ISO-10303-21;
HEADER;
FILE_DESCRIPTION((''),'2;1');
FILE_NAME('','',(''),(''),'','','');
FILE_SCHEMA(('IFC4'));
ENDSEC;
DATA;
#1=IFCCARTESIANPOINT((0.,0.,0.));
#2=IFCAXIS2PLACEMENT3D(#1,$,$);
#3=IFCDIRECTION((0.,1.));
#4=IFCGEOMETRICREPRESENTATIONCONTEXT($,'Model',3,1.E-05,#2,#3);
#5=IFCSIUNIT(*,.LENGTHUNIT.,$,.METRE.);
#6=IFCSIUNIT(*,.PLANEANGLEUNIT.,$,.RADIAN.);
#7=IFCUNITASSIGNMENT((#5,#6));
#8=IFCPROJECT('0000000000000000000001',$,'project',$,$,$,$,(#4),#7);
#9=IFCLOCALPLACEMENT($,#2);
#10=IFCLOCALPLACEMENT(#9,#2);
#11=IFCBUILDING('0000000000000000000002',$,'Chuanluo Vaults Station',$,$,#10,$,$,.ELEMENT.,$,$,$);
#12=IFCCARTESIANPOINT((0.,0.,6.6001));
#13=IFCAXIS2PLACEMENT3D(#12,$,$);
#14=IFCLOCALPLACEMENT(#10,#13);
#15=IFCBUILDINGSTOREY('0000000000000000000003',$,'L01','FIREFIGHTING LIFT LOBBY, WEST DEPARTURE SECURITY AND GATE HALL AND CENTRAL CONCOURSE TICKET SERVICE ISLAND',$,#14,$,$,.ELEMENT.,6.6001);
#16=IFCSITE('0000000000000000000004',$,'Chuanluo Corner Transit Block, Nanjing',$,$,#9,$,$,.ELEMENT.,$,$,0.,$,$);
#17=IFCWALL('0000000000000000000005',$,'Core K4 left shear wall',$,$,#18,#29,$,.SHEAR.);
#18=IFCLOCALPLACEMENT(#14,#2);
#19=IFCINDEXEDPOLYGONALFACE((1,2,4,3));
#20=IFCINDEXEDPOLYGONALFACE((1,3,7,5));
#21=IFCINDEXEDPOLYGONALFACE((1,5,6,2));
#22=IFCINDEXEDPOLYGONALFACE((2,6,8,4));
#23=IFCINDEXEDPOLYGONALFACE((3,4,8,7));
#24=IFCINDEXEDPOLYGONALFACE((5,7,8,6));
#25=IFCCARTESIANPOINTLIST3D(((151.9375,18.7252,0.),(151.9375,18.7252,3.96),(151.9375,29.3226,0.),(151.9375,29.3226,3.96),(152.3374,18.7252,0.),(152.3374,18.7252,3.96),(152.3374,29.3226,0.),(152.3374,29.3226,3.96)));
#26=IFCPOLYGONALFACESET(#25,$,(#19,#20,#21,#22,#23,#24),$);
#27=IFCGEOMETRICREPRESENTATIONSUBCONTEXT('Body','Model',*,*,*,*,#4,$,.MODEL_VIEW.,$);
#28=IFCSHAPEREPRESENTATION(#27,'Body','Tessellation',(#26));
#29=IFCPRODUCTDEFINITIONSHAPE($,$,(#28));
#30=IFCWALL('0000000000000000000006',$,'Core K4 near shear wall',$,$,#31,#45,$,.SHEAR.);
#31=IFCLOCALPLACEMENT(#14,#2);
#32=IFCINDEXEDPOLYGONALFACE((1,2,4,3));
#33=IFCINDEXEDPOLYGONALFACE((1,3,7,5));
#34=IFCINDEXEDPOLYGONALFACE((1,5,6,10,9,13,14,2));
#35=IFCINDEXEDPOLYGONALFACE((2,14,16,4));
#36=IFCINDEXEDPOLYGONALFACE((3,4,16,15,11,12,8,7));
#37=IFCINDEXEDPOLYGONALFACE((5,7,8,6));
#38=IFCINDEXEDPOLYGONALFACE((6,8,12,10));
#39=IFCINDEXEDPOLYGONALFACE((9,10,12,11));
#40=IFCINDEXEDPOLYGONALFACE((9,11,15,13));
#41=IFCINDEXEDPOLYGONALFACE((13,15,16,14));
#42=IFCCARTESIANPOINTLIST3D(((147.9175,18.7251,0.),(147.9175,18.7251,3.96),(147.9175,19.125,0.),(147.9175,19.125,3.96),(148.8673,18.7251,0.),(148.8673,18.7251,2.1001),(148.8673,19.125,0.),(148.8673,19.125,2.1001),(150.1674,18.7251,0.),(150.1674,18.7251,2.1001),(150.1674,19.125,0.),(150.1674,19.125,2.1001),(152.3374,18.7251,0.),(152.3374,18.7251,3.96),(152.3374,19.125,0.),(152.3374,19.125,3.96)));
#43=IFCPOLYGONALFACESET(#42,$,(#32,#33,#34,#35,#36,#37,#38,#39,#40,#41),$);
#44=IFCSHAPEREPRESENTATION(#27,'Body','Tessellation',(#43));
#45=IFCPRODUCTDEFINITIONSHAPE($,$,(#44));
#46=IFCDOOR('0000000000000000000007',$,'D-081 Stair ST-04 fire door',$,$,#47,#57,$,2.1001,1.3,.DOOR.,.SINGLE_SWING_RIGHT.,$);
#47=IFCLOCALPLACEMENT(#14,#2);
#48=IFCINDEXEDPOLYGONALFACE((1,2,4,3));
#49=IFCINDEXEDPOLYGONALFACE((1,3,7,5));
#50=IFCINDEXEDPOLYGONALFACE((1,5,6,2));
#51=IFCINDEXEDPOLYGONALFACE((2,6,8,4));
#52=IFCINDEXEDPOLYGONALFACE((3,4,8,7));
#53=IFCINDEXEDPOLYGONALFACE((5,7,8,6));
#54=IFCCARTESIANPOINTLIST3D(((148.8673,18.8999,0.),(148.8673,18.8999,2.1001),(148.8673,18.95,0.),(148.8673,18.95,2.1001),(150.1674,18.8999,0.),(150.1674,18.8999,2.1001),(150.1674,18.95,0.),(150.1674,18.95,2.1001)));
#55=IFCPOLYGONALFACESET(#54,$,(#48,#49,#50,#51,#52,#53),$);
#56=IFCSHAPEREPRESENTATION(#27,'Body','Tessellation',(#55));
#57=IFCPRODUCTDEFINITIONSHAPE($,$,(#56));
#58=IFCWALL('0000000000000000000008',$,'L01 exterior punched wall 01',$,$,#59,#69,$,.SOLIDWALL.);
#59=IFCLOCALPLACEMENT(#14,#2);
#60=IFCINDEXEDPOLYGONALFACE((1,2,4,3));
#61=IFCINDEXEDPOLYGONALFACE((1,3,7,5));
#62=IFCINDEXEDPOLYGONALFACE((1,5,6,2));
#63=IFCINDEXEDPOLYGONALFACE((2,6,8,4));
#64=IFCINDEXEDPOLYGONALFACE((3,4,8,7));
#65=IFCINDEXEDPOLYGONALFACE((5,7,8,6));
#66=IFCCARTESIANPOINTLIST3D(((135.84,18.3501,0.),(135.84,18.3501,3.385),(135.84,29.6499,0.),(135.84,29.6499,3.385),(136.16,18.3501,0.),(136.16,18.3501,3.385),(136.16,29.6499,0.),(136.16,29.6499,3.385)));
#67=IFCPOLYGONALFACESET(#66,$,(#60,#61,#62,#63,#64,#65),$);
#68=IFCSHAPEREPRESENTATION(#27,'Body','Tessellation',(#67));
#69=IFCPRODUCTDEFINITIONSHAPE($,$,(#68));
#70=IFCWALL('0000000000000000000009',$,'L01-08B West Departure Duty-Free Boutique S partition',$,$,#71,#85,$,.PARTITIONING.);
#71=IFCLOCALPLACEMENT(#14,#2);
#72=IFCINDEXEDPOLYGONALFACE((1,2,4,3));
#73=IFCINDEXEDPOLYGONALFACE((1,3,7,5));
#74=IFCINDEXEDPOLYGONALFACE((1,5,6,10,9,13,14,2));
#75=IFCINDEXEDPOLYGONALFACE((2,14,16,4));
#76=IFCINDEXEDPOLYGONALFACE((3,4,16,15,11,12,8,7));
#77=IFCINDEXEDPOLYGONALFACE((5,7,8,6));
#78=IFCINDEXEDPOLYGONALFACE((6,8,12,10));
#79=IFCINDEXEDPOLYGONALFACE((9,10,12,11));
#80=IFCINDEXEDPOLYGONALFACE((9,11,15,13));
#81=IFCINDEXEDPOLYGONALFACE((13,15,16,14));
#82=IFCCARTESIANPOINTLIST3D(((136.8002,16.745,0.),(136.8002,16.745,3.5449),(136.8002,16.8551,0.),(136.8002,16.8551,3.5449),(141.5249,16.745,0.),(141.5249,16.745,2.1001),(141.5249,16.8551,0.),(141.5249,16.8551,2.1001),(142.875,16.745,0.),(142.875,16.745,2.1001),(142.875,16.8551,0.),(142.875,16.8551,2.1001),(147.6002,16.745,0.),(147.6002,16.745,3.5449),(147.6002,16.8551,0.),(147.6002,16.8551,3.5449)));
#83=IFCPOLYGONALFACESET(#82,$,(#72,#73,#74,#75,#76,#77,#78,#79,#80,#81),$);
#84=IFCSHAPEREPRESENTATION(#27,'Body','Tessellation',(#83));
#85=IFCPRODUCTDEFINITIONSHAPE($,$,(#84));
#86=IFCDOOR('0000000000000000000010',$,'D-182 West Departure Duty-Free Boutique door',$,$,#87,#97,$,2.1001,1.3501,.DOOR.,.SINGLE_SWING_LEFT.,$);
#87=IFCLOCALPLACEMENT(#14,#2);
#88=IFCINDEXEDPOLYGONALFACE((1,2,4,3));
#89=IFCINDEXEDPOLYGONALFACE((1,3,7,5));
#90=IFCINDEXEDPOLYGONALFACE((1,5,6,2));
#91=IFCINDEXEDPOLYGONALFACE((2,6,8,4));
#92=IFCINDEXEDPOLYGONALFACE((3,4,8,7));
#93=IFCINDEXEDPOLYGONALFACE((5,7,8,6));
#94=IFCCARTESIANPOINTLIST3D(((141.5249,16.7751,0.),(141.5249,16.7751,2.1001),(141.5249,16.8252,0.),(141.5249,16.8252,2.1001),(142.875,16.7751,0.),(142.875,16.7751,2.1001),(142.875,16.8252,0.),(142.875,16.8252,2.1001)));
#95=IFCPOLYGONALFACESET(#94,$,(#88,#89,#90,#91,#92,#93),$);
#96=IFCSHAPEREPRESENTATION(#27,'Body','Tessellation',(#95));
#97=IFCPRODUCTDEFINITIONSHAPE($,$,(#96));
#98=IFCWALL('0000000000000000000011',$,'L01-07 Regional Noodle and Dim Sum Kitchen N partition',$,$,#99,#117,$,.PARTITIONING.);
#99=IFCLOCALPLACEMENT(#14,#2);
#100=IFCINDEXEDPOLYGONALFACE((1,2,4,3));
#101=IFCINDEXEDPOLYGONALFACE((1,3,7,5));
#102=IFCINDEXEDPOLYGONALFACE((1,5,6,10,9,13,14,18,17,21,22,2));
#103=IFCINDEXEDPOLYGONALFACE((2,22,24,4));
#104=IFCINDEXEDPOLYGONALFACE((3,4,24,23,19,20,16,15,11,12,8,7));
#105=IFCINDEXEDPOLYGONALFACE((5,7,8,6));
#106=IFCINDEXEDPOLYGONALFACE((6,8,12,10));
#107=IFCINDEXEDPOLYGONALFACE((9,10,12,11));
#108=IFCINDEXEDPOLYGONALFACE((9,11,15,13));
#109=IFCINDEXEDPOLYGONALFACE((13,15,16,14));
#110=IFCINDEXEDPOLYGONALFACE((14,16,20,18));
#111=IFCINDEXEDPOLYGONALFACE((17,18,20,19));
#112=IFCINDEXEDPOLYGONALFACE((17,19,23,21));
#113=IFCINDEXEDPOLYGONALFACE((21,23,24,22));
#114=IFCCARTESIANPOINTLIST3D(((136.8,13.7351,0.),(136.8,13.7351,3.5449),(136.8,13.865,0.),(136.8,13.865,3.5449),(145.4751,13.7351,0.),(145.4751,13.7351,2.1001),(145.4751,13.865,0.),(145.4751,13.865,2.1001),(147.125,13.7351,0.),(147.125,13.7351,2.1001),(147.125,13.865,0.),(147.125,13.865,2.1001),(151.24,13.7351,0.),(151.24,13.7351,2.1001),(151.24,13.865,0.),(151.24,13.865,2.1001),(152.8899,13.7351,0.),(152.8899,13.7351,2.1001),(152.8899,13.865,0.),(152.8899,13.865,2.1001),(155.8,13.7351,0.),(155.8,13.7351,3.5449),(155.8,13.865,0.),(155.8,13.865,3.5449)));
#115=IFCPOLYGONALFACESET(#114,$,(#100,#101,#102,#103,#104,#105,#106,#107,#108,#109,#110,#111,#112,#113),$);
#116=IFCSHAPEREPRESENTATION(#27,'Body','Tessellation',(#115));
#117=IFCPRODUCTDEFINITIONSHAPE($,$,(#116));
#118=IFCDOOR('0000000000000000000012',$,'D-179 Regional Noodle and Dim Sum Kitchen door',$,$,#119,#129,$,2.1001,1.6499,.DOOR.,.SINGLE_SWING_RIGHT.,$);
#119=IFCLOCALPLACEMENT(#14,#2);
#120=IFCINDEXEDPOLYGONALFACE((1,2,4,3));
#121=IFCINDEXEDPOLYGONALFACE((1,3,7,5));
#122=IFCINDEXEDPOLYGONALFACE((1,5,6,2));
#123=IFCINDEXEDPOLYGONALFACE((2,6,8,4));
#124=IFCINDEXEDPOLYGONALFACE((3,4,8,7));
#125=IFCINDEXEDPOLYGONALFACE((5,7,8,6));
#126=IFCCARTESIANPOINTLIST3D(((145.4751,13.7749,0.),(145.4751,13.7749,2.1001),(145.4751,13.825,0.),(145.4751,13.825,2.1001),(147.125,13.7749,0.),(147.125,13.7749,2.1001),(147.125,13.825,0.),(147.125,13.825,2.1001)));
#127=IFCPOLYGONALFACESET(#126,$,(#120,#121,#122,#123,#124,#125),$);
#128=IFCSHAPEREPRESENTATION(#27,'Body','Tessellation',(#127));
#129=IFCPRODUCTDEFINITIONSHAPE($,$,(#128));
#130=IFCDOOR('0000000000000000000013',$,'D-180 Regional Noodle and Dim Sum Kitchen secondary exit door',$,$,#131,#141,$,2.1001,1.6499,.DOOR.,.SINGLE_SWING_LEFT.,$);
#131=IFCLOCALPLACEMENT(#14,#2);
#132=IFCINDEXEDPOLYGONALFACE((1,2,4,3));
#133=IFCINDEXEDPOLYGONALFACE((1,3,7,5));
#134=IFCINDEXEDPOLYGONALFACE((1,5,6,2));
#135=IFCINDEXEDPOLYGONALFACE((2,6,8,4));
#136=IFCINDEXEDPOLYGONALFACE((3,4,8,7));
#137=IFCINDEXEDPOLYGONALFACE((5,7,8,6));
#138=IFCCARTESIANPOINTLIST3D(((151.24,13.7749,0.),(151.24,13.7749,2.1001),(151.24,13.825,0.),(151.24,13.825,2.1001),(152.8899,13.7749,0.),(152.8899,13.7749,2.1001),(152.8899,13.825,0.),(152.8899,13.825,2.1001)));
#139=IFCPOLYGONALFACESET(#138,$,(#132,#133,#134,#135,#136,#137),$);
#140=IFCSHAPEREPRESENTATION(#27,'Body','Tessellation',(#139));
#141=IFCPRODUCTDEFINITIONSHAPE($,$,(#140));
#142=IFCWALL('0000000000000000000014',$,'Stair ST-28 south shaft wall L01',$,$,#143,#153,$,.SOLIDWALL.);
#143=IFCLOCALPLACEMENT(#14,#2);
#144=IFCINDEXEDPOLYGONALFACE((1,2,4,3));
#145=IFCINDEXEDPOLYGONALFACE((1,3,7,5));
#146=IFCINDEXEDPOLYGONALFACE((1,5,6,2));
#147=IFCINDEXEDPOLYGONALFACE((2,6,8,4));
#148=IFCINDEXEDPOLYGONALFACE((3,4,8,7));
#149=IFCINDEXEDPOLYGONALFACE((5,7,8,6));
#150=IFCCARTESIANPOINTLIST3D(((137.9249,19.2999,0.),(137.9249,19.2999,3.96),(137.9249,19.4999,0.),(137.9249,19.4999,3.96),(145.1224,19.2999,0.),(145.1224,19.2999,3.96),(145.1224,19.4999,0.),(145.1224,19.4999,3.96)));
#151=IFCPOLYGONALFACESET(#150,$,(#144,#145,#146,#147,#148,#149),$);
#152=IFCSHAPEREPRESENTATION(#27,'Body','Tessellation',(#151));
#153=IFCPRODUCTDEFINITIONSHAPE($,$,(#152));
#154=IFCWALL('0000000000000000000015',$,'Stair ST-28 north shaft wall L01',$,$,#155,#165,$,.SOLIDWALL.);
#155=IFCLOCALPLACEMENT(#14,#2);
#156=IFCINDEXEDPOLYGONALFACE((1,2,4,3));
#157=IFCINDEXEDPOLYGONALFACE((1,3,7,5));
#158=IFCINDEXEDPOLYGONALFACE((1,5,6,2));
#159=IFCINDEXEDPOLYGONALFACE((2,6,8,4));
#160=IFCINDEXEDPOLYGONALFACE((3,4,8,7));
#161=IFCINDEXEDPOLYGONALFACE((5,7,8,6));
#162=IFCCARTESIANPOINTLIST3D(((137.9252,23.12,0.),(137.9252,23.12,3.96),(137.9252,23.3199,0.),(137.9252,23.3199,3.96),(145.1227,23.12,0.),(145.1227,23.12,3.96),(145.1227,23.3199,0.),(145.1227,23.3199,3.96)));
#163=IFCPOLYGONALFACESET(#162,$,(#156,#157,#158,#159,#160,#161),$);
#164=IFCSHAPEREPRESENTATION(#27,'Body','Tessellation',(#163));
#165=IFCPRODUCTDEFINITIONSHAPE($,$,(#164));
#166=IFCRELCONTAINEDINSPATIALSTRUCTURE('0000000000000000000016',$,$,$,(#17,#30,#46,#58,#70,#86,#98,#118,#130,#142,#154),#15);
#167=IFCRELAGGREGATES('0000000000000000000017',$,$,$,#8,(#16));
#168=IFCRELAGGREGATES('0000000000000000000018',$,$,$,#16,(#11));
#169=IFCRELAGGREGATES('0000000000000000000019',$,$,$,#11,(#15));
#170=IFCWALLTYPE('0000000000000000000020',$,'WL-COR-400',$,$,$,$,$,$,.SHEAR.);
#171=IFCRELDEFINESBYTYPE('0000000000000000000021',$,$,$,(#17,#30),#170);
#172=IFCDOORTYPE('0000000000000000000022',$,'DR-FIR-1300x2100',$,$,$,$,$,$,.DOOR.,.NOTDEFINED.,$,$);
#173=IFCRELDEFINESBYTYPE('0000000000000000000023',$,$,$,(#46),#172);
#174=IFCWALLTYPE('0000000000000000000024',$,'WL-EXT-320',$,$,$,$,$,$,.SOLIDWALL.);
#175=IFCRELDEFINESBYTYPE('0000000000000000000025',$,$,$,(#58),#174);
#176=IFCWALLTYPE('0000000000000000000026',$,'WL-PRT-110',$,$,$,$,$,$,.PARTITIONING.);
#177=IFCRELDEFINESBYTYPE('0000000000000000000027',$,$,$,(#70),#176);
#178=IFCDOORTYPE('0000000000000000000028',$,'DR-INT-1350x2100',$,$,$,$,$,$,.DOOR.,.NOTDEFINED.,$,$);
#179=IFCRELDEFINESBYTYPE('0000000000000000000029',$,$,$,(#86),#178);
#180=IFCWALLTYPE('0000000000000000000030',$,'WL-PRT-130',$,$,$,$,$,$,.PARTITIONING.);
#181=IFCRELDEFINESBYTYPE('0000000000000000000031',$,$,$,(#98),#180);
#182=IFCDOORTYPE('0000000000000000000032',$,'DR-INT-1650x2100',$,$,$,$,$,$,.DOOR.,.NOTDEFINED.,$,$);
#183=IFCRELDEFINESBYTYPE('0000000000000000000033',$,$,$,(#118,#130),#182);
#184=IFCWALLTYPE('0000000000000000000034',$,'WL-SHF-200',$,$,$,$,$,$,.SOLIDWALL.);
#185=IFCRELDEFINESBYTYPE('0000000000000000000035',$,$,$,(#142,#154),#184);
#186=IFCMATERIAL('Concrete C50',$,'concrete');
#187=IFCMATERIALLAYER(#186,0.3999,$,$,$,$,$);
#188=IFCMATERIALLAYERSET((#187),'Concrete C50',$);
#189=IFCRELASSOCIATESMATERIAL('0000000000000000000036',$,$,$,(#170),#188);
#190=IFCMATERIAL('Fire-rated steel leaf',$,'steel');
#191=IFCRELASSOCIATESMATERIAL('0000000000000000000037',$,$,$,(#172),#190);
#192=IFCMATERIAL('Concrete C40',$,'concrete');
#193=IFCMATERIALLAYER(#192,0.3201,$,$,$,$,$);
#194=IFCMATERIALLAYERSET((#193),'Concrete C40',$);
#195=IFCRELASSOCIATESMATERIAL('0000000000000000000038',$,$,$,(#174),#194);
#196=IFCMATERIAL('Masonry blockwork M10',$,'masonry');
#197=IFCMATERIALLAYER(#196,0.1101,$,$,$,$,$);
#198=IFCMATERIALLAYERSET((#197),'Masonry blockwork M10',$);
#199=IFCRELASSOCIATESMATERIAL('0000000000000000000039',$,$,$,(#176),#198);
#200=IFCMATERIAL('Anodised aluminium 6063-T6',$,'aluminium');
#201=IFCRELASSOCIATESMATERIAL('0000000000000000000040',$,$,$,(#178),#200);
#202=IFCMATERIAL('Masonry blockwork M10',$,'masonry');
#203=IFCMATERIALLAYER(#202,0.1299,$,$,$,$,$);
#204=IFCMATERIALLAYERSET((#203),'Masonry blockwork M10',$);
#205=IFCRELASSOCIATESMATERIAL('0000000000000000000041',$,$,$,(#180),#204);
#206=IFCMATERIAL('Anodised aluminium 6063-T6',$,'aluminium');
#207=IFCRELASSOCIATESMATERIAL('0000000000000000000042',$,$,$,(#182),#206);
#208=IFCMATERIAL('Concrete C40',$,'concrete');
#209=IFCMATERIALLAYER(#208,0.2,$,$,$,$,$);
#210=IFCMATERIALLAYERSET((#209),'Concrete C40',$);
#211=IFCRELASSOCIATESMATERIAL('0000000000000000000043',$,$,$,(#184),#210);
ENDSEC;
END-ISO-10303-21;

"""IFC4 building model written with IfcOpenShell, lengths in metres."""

from ifc_helpers import new_model, si_unit, direction, frame, frame_2d, origin, place, context, subcontext, project, spatial, rectangle, extrude, material, layer, layer_set, type_object, element, fill, save


model = new_model("IFC4")

# Units and contexts
model_context = context("Model", 3, precision=1e-05, world=origin(), true_north=direction((0.0, 1.0)))
body_context = subcontext(model_context, "Body", "Model", "MODEL_VIEW")
ifc_project = project(units=[si_unit("LENGTHUNIT", "METRE"), si_unit("PLANEANGLEUNIT", "RADIAN")], contexts=[model_context])

# Site, building, storey
site_placement = place(None, origin())
site = spatial("IfcSite", under=ifc_project, at=site_placement, Name="Chuanluo Corner Transit Block, Nanjing", CompositionType="ELEMENT", RefElevation=0.0)
building_placement = place(site_placement, origin())
building = spatial("IfcBuilding", under=site, at=building_placement, Name="Chuanluo Vaults Station", CompositionType="ELEMENT")
storey_placement = place(building_placement, frame((0.0, 0.0, 6.6001)))
storey = spatial("IfcBuildingStorey", under=building, at=storey_placement, Name="L01", Description="FIREFIGHTING LIFT LOBBY, WEST DEPARTURE SECURITY AND GATE HALL AND CENTRAL CONCOURSE TICKET SERVICE ISLAND", CompositionType="ELEMENT", Elevation=6.6001)

# Wall
ifc_material_1 = material(Name="Concrete C50", Category="concrete")
ifc_layer_1 = layer(ifc_material_1, 0.3999)
ifc_layer_set_1 = layer_set([ifc_layer_1], Name="Concrete C50")
wall_type_1 = type_object("IfcWallType", Name="WL-COR-400", PredefinedType="SHEAR", material=ifc_layer_set_1)
wall_1_placement = place(storey_placement, frame((152.1375, 18.7251, 0.0), z_axis=(0.0, 0.0, 1.0), x_axis=(0.0, 1.0, 0.0)))
element("IfcWall", 1, at=wall_1_placement, inside=storey, type_object=wall_type_1, Name="Core K4 left shear wall", PredefinedType="SHEAR", context=body_context, shape_type="SweptSolid", body=[
    extrude(rectangle(XDim=10.5974, YDim=0.3999, at=frame_2d((5.2988, 0.0))), origin(), (0.0, 0.0, 1.0), 3.96),
])

# Wall, opening, door
wall_2_placement = place(storey_placement, frame((147.9175, 18.925, 0.0), z_axis=(0.0, 0.0, 1.0), x_axis=(1.0, 0.0, 0.0)))
wall_2 = element("IfcWall", 2, at=wall_2_placement, inside=storey, type_object=wall_type_1, Name="Core K4 near shear wall", PredefinedType="SHEAR", context=body_context, shape_type="SweptSolid", body=[
    extrude(rectangle(XDim=4.4199, YDim=0.3999, at=frame_2d((2.21, 0.0))), origin(), (0.0, 0.0, 1.0), 3.96),
])
opening_1_placement = place(wall_2_placement, frame((0.95, 0.0, 0.0)))
opening_1 = element("IfcOpeningElement", 3, at=opening_1_placement, cuts=wall_2, PredefinedType="OPENING", context=body_context, shape_type="SweptSolid", body=[
    extrude(rectangle(XDim=1.3, YDim=2.1001, at=frame_2d((0.6499, 1.05))), frame((0.0, 0.2099, 0.0), z_axis=(0.0, -1.0, 0.0), x_axis=(1.0, 0.0, 0.0)), (0.0, 0.0, 1.0), 0.4199),
])
ifc_material_2 = material(Name="Fire-rated steel leaf", Category="steel")
door_type_1 = type_object("IfcDoorType", Name="DR-FIR-1300x2100", OperationType="NOTDEFINED", PredefinedType="DOOR", material=ifc_material_2)
door_1_placement = place(opening_1_placement, origin())
door_1 = element("IfcDoor", 4, at=door_1_placement, inside=storey, type_object=door_type_1, Name="D-081 Stair ST-04 fire door", OperationType="SINGLE_SWING_RIGHT", OverallHeight=2.1001, OverallWidth=1.3, PredefinedType="DOOR", context=body_context, shape_type="SweptSolid", body=[
    extrude(rectangle(XDim=1.3, YDim=2.1001, at=frame_2d((0.6499, 1.05))), frame((0.0, 0.0249, 0.0), z_axis=(0.0, -1.0, 0.0), x_axis=(1.0, 0.0, 0.0)), (0.0, 0.0, 1.0), 0.05),
])
fill(opening_1, door_1)

# Wall
ifc_material_3 = material(Name="Concrete C40", Category="concrete")
ifc_layer_2 = layer(ifc_material_3, 0.3201)
ifc_layer_set_2 = layer_set([ifc_layer_2], Name="Concrete C40")
wall_type_2 = type_object("IfcWallType", Name="WL-EXT-320", PredefinedType="SOLIDWALL", material=ifc_layer_set_2)
wall_3_placement = place(storey_placement, frame((136.0, 18.3501, 0.0), z_axis=(0.0, 0.0, 1.0), x_axis=(0.0, 1.0, 0.0)))
element("IfcWall", 5, at=wall_3_placement, inside=storey, type_object=wall_type_2, Name="L01 exterior punched wall 01", PredefinedType="SOLIDWALL", context=body_context, shape_type="SweptSolid", body=[
    extrude(rectangle(XDim=11.2998, YDim=0.3201, at=frame_2d((5.6499, 0.0))), origin(), (0.0, 0.0, 1.0), 3.385),
])

# Wall, opening, door
ifc_material_4 = material(Name="Masonry blockwork M10", Category="masonry")
ifc_layer_3 = layer(ifc_material_4, 0.1101)
ifc_layer_set_3 = layer_set([ifc_layer_3], Name="Masonry blockwork M10")
wall_type_3 = type_object("IfcWallType", Name="WL-PRT-110", PredefinedType="PARTITIONING", material=ifc_layer_set_3)
wall_4_placement = place(storey_placement, frame((147.6001, 16.8, 0.0), z_axis=(0.0, 0.0, 1.0), x_axis=(-1.0, 0.0, 0.0)))
wall_4 = element("IfcWall", 6, at=wall_4_placement, inside=storey, type_object=wall_type_3, Name="L01-08B West Departure Duty-Free Boutique S partition", PredefinedType="PARTITIONING", context=body_context, shape_type="SweptSolid", body=[
    extrude(rectangle(XDim=10.8, YDim=0.1101, at=frame_2d((5.3999, 0.0))), origin(), (0.0, 0.0, 1.0), 3.5449),
])
opening_2_placement = place(wall_4_placement, frame((4.7251, 0.0, 0.0)))
opening_2 = element("IfcOpeningElement", 7, at=opening_2_placement, cuts=wall_4, PredefinedType="OPENING", context=body_context, shape_type="SweptSolid", body=[
    extrude(rectangle(XDim=1.3501, YDim=2.1001, at=frame_2d((0.675, 1.05))), frame((0.0, 0.0652, 0.0), z_axis=(0.0, -1.0, 0.0), x_axis=(1.0, 0.0, 0.0)), (0.0, 0.0, 1.0), 0.1301),
])
ifc_material_5 = material(Name="Anodised aluminium 6063-T6", Category="aluminium")
door_type_2 = type_object("IfcDoorType", Name="DR-INT-1350x2100", OperationType="NOTDEFINED", PredefinedType="DOOR", material=ifc_material_5)
door_2_placement = place(opening_2_placement, origin())
door_2 = element("IfcDoor", 8, at=door_2_placement, inside=storey, type_object=door_type_2, Name="D-182 West Departure Duty-Free Boutique door", OperationType="SINGLE_SWING_LEFT", OverallHeight=2.1001, OverallWidth=1.3501, PredefinedType="DOOR", context=body_context, shape_type="SweptSolid", body=[
    extrude(rectangle(XDim=1.3501, YDim=2.1001, at=frame_2d((0.675, 1.05))), frame((0.0, 0.0249, 0.0), z_axis=(0.0, -1.0, 0.0), x_axis=(1.0, 0.0, 0.0)), (0.0, 0.0, 1.0), 0.05),
])
fill(opening_2, door_2)

# Wall, openings, doors
ifc_material_6 = material(Name="Masonry blockwork M10", Category="masonry")
ifc_layer_4 = layer(ifc_material_6, 0.1299)
ifc_layer_set_4 = layer_set([ifc_layer_4], Name="Masonry blockwork M10")
wall_type_4 = type_object("IfcWallType", Name="WL-PRT-130", PredefinedType="PARTITIONING", material=ifc_layer_set_4)
wall_5_placement = place(storey_placement, frame((136.8, 13.8, 0.0), z_axis=(0.0, 0.0, 1.0), x_axis=(1.0, 0.0, 0.0)))
wall_5 = element("IfcWall", 9, at=wall_5_placement, inside=storey, type_object=wall_type_4, Name="L01-07 Regional Noodle and Dim Sum Kitchen N partition", PredefinedType="PARTITIONING", context=body_context, shape_type="SweptSolid", body=[
    extrude(rectangle(XDim=19.0, YDim=0.1299, at=frame_2d((9.5, 0.0))), origin(), (0.0, 0.0, 1.0), 3.5449),
])
opening_3_placement = place(wall_5_placement, frame((8.675, 0.0, 0.0)))
opening_3 = element("IfcOpeningElement", 10, at=opening_3_placement, cuts=wall_5, PredefinedType="OPENING", context=body_context, shape_type="SweptSolid", body=[
    extrude(rectangle(XDim=1.6499, YDim=2.1001, at=frame_2d((0.825, 1.05))), frame((0.0, 0.0749, 0.0), z_axis=(0.0, -1.0, 0.0), x_axis=(1.0, 0.0, 0.0)), (0.0, 0.0, 1.0), 0.1499),
])
opening_4_placement = place(wall_5_placement, frame((14.4399, 0.0, 0.0)))
opening_4 = element("IfcOpeningElement", 11, at=opening_4_placement, cuts=wall_5, PredefinedType="OPENING", context=body_context, shape_type="SweptSolid", body=[
    extrude(rectangle(XDim=1.6499, YDim=2.1001, at=frame_2d((0.825, 1.05))), frame((0.0, 0.0749, 0.0), z_axis=(0.0, -1.0, 0.0), x_axis=(1.0, 0.0, 0.0)), (0.0, 0.0, 1.0), 0.1499),
])
ifc_material_7 = material(Name="Anodised aluminium 6063-T6", Category="aluminium")
door_type_3 = type_object("IfcDoorType", Name="DR-INT-1650x2100", OperationType="NOTDEFINED", PredefinedType="DOOR", material=ifc_material_7)
door_3_placement = place(opening_3_placement, origin())
door_3 = element("IfcDoor", 12, at=door_3_placement, inside=storey, type_object=door_type_3, Name="D-179 Regional Noodle and Dim Sum Kitchen door", OperationType="SINGLE_SWING_RIGHT", OverallHeight=2.1001, OverallWidth=1.6499, PredefinedType="DOOR", context=body_context, shape_type="SweptSolid", body=[
    extrude(rectangle(XDim=1.6499, YDim=2.1001, at=frame_2d((0.825, 1.05))), frame((0.0, 0.0249, 0.0), z_axis=(0.0, -1.0, 0.0), x_axis=(1.0, 0.0, 0.0)), (0.0, 0.0, 1.0), 0.05),
])
fill(opening_3, door_3)
door_4_placement = place(opening_4_placement, origin())
door_4 = element("IfcDoor", 13, at=door_4_placement, inside=storey, type_object=door_type_3, Name="D-180 Regional Noodle and Dim Sum Kitchen secondary exit door", OperationType="SINGLE_SWING_LEFT", OverallHeight=2.1001, OverallWidth=1.6499, PredefinedType="DOOR", context=body_context, shape_type="SweptSolid", body=[
    extrude(rectangle(XDim=1.6499, YDim=2.1001, at=frame_2d((0.825, 1.05))), frame((0.0, 0.0249, 0.0), z_axis=(0.0, -1.0, 0.0), x_axis=(1.0, 0.0, 0.0)), (0.0, 0.0, 1.0), 0.05),
])
fill(opening_4, door_4)

# Walls
ifc_material_8 = material(Name="Concrete C40", Category="concrete")
ifc_layer_5 = layer(ifc_material_8, 0.2)
ifc_layer_set_5 = layer_set([ifc_layer_5], Name="Concrete C40")
wall_type_5 = type_object("IfcWallType", Name="WL-SHF-200", PredefinedType="SOLIDWALL", material=ifc_layer_set_5)
for number, where, z_axis, x_axis, name in (
    (14, (137.925, 19.3999, 0.0), (0.0, 0.0, 1.0), (1.0, 0.0, 0.0), "Stair ST-28 south shaft wall L01"),
    (15, (145.1226, 23.22, 0.0), (0.0, 0.0, 1.0), (-1.0, 0.0, 0.0), "Stair ST-28 north shaft wall L01"),
):
    element("IfcWall", number, at=place(storey_placement, frame(where, z_axis=z_axis, x_axis=x_axis)), inside=storey, type_object=wall_type_5, Name=name, PredefinedType="SOLIDWALL", context=body_context, shape_type="SweptSolid", body=[
        extrude(rectangle(XDim=7.1975, YDim=0.2, at=frame_2d((3.5986, 0.0))), origin(), (0.0, 0.0, 1.0), 3.96),
    ])

save(model, "model.ifc")
